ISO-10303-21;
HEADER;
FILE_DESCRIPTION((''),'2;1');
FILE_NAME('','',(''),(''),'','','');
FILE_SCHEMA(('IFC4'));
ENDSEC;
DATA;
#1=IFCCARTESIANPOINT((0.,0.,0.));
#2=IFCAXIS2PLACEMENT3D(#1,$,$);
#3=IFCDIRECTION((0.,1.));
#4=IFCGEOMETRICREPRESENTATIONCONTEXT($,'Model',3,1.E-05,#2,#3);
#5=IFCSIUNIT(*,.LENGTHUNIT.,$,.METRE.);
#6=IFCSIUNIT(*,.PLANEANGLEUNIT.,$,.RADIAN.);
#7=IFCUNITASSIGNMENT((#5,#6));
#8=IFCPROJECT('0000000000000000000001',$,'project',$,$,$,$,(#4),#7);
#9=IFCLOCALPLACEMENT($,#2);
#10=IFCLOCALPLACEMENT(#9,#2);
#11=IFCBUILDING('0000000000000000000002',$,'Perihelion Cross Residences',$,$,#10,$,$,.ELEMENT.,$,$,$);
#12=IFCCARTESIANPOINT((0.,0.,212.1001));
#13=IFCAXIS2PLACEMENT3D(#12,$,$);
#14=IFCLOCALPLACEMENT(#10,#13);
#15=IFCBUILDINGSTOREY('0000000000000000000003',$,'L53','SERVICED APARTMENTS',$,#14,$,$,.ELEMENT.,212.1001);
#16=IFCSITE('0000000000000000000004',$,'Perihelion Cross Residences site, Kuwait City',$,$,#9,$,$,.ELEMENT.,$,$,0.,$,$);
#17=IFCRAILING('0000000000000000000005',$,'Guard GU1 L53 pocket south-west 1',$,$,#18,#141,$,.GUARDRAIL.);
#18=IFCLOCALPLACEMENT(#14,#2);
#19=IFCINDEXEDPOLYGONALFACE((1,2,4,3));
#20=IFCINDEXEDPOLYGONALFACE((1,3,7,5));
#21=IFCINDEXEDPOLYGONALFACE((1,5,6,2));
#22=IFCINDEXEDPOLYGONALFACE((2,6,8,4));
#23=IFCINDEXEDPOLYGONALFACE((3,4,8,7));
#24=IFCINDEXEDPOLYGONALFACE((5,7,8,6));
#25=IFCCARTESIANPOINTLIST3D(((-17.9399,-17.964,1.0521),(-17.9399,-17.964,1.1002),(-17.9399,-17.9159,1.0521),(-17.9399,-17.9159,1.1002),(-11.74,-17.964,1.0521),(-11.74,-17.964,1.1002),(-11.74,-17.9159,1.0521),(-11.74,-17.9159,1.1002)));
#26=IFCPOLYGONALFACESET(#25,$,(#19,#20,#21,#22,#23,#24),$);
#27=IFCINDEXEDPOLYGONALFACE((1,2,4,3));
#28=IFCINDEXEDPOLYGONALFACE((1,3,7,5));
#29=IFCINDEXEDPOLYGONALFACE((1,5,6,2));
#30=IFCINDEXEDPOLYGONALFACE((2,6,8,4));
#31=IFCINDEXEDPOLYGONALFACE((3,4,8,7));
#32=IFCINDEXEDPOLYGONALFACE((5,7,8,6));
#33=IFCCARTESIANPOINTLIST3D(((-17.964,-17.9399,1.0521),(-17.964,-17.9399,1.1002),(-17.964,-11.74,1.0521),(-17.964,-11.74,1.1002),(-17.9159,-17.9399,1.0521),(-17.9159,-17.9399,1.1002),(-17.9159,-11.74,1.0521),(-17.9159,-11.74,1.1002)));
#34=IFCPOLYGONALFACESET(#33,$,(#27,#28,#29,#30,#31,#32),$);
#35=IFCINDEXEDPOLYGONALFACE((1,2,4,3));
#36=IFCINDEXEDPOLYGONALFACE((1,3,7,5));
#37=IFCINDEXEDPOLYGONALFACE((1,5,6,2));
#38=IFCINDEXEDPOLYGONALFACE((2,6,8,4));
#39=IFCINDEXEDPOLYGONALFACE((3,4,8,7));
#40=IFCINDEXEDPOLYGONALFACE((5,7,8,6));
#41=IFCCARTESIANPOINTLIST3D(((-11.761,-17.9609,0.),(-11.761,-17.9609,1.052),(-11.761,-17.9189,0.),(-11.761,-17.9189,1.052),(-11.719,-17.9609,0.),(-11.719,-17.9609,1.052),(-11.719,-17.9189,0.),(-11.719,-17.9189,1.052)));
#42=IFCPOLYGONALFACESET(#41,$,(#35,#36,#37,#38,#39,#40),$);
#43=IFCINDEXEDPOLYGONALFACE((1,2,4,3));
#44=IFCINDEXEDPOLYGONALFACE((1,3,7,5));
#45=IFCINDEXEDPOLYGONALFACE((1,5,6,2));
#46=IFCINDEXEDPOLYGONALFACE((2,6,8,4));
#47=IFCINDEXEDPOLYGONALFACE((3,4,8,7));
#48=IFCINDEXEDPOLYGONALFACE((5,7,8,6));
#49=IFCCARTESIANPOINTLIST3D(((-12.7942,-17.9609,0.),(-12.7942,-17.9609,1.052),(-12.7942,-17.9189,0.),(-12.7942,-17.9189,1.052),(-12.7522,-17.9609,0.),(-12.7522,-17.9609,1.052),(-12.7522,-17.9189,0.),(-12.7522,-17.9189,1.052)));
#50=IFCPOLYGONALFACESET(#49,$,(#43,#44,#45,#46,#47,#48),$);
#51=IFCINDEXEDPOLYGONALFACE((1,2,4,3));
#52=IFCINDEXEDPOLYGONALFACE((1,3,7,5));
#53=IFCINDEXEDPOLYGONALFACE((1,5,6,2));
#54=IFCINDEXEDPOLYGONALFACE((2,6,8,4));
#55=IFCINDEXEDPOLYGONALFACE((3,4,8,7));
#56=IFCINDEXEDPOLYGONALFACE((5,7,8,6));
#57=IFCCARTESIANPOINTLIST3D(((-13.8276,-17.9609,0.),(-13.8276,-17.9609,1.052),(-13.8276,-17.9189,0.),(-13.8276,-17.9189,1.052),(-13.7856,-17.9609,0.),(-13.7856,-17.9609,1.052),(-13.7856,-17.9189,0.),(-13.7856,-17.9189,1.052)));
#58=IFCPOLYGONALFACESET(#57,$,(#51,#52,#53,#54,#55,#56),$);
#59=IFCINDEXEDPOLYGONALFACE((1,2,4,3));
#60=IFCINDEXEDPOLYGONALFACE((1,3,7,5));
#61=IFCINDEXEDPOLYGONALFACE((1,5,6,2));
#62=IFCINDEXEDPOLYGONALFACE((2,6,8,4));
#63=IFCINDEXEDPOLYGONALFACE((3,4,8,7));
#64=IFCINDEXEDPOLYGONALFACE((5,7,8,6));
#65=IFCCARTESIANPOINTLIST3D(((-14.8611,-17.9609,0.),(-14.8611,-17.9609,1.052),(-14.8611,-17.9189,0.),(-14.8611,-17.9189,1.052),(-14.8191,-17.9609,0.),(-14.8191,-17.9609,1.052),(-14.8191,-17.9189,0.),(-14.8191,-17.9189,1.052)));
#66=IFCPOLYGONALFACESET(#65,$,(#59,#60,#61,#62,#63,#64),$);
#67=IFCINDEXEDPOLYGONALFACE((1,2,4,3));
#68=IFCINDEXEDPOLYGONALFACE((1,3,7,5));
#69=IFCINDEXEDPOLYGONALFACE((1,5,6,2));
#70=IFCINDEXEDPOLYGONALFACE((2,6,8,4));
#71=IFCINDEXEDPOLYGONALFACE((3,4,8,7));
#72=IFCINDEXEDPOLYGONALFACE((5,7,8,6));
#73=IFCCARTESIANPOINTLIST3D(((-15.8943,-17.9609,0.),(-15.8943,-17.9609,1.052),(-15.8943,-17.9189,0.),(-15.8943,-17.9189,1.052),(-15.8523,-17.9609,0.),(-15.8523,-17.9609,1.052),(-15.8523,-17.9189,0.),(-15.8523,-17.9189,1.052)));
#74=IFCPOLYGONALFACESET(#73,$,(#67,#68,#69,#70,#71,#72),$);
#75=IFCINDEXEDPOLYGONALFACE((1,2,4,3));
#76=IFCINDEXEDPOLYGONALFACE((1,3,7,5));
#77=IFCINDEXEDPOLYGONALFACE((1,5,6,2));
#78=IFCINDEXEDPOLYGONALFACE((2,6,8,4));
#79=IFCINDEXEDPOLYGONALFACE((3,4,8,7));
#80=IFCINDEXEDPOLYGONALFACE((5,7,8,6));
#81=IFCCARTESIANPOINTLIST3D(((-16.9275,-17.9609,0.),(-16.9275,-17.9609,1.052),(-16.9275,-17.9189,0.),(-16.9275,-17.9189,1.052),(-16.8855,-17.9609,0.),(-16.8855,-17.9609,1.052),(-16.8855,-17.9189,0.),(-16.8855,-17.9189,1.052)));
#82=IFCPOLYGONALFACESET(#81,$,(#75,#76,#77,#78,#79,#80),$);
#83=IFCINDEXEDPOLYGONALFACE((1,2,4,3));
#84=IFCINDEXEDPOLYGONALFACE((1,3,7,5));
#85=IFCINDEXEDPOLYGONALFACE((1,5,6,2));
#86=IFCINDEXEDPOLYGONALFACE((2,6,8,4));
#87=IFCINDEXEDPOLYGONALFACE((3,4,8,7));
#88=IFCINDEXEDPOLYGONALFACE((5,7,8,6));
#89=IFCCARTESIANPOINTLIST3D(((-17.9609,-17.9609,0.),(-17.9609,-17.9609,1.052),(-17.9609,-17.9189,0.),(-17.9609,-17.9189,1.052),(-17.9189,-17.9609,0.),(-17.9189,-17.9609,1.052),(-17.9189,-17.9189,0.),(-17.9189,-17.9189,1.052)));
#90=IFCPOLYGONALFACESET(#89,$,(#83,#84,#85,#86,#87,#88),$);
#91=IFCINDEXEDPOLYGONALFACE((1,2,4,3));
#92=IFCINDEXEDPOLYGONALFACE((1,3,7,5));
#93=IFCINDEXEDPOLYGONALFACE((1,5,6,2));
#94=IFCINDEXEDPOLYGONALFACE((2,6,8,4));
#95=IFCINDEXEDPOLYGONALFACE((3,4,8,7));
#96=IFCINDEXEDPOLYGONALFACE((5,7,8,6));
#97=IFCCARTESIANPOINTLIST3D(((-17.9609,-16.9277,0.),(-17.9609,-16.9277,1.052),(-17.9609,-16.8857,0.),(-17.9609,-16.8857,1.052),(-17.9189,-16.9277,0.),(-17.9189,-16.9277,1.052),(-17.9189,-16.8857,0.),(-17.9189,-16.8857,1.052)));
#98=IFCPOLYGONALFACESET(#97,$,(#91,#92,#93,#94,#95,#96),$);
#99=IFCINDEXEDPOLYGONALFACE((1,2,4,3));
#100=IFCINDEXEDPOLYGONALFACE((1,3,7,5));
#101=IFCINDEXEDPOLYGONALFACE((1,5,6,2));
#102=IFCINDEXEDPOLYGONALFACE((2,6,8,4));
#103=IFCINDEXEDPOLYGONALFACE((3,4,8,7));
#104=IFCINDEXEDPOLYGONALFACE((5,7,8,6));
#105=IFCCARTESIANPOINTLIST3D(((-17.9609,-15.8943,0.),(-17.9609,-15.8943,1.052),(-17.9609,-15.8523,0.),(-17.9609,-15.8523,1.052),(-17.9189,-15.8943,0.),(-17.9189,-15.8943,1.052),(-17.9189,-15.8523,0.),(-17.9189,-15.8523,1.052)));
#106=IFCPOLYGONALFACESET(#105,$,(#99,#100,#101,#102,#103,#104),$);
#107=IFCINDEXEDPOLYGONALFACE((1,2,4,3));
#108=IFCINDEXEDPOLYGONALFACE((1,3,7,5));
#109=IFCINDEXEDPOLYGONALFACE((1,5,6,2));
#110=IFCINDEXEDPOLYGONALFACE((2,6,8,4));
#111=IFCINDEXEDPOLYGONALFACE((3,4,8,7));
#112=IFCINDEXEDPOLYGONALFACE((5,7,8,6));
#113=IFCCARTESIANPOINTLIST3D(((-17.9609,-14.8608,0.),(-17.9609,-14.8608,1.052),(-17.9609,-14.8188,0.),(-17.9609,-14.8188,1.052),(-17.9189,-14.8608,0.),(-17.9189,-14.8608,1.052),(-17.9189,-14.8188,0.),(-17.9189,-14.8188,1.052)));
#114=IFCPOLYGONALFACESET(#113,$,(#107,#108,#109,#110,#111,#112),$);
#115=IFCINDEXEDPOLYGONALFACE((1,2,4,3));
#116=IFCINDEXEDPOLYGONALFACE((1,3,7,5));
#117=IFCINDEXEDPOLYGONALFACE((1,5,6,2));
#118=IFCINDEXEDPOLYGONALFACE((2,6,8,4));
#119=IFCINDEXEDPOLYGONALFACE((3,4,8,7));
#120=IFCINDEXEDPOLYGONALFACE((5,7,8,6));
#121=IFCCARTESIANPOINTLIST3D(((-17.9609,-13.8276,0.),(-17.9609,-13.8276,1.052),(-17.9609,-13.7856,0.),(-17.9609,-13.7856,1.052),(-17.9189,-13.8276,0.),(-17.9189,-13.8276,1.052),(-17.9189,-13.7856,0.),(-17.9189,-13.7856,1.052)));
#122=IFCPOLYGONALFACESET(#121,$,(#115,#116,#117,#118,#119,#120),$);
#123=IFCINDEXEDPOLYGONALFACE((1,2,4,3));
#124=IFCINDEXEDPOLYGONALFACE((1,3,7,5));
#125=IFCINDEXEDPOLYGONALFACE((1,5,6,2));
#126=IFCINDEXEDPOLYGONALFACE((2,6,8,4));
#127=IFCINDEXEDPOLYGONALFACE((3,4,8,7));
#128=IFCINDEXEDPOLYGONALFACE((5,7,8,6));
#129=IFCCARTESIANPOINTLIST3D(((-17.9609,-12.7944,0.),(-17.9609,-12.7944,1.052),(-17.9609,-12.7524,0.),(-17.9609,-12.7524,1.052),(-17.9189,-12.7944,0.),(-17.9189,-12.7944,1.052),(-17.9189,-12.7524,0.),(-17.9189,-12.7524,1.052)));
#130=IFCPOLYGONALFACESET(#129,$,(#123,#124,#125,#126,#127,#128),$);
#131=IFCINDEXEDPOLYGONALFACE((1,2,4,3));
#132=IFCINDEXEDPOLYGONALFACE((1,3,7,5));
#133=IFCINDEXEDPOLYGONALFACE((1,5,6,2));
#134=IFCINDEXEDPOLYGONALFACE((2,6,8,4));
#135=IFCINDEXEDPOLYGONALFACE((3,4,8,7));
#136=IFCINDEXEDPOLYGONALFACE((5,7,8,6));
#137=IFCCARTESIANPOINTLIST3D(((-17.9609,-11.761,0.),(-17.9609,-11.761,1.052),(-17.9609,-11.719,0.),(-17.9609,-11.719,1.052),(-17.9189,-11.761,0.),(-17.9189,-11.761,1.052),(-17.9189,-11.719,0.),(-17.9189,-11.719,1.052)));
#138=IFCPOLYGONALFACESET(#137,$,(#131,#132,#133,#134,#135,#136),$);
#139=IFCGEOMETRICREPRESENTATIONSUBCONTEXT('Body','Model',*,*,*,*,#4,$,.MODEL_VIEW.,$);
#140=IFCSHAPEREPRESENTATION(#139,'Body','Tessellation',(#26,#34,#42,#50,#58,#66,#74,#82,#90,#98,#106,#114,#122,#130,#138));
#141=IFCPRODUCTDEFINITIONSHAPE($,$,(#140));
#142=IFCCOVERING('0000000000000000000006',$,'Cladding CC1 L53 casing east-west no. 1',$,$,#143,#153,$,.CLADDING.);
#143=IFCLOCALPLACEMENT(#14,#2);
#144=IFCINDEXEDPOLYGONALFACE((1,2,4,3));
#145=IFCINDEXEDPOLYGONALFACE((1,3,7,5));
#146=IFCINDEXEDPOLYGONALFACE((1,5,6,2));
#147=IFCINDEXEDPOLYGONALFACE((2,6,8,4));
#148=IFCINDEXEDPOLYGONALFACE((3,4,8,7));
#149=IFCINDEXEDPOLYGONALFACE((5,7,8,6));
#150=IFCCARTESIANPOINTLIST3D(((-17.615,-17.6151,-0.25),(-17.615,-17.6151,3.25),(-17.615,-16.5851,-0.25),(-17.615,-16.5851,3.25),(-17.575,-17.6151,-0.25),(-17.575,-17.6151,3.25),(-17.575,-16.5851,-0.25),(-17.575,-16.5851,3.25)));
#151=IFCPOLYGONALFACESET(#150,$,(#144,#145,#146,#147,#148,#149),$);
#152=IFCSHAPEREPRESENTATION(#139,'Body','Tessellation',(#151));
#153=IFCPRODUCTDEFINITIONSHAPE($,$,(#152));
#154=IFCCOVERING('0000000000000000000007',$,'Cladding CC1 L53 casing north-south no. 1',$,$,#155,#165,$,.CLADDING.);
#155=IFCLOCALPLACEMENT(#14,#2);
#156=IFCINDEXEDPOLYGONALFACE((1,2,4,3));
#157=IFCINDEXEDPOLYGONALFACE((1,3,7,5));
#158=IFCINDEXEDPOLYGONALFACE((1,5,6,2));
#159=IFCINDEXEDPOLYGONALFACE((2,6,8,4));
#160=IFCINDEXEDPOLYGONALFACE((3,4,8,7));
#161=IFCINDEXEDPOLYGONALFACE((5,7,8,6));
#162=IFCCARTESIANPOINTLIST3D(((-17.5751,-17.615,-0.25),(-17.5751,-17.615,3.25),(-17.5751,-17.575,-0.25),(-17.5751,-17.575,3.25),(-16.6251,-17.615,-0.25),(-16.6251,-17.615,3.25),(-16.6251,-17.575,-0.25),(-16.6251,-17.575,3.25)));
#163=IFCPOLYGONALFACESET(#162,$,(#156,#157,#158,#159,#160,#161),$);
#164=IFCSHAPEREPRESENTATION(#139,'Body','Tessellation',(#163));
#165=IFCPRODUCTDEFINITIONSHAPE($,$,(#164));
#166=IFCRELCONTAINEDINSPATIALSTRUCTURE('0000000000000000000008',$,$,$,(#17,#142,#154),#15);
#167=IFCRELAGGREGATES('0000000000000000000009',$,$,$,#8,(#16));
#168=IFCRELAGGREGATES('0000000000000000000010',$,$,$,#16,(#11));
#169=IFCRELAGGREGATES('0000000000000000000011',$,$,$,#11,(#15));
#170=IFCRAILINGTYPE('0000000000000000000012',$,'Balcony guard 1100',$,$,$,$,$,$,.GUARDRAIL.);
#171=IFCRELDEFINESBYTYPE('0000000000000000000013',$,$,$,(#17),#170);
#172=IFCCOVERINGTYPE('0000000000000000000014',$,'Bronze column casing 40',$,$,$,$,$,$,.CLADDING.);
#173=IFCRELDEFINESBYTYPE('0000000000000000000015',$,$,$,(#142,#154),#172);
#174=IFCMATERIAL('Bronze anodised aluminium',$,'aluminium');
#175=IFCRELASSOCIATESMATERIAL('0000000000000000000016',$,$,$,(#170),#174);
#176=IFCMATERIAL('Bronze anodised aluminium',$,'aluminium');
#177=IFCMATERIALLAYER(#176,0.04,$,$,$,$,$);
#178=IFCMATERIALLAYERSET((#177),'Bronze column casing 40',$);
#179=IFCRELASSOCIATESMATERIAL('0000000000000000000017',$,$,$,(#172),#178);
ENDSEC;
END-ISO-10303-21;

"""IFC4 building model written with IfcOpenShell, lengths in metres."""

from ifc_helpers import new_model, si_unit, direction, frame, origin, origin_2d, place, context, subcontext, project, spatial, rectangle, extrude, material, layer, layer_set, type_object, element, save


model = new_model("IFC4")

# Units and contexts
model_context = context("Model", 3, precision=1e-05, world=origin(), true_north=direction((0.0, 1.0)))
body_context = subcontext(model_context, "Body", "Model", "MODEL_VIEW")
ifc_project = project(units=[si_unit("LENGTHUNIT", "METRE"), si_unit("PLANEANGLEUNIT", "RADIAN")], contexts=[model_context])

# Site, building, storey
site_placement = place(None, origin())
site = spatial("IfcSite", under=ifc_project, at=site_placement, Name="Perihelion Cross Residences site, Kuwait City", CompositionType="ELEMENT", RefElevation=0.0)
building_placement = place(site_placement, origin())
building = spatial("IfcBuilding", under=site, at=building_placement, Name="Perihelion Cross Residences", CompositionType="ELEMENT")
storey_placement = place(building_placement, frame((0.0, 0.0, 212.1001)))
storey = spatial("IfcBuildingStorey", under=building, at=storey_placement, Name="L53", Description="SERVICED APARTMENTS", CompositionType="ELEMENT", Elevation=212.1001)

# Railing
ifc_material_1 = material(Name="Bronze anodised aluminium", Category="aluminium")
railing_type = type_object("IfcRailingType", Name="Balcony guard 1100", PredefinedType="GUARDRAIL", material=ifc_material_1)
railing_placement = place(storey_placement, frame((-11.74, -17.9399, 0.0)))
element("IfcRailing", 1, at=railing_placement, inside=storey, type_object=railing_type, Name="Guard GU1 L53 pocket south-west 1", PredefinedType="GUARDRAIL", context=body_context, shape_type="SweptSolid", body=[
    extrude(rectangle(XDim=0.0481, YDim=0.0481, at=origin_2d()), frame((0.0, 0.0, 1.0762), z_axis=(-1.0, 0.0, 0.0), x_axis=(0.0, -1.0, 0.0)), (0.0, 0.0, 1.0), 6.2),
    extrude(rectangle(XDim=0.0481, YDim=0.0481, at=origin_2d()), frame((-6.2, 0.0, 1.0762), z_axis=(0.0, 1.0, 0.0), x_axis=(-1.0, 0.0, 0.0)), (0.0, 0.0, 1.0), 6.2),
    extrude(rectangle(XDim=0.042, YDim=0.042, at=origin_2d()), origin(), (0.0, 0.0, 1.0), 1.052),
    extrude(rectangle(XDim=0.042, YDim=0.042, at=origin_2d()), frame((-1.0332, 0.0, 0.0)), (0.0, 0.0, 1.0), 1.052),
    extrude(rectangle(XDim=0.042, YDim=0.042, at=origin_2d()), frame((-2.0667, 0.0, 0.0)), (0.0, 0.0, 1.0), 1.052),
    extrude(rectangle(XDim=0.042, YDim=0.042, at=origin_2d()), frame((-3.1001, 0.0, 0.0)), (0.0, 0.0, 1.0), 1.052),
    extrude(rectangle(XDim=0.042, YDim=0.042, at=origin_2d()), frame((-4.1333, 0.0, 0.0)), (0.0, 0.0, 1.0), 1.052),
    extrude(rectangle(XDim=0.042, YDim=0.042, at=origin_2d()), frame((-5.1665, 0.0, 0.0)), (0.0, 0.0, 1.0), 1.052),
    extrude(rectangle(XDim=0.042, YDim=0.042, at=origin_2d()), frame((-6.2, 0.0, 0.0)), (0.0, 0.0, 1.0), 1.052),
    extrude(rectangle(XDim=0.042, YDim=0.042, at=origin_2d()), frame((-6.2, 1.0332, 0.0)), (0.0, 0.0, 1.0), 1.052),
    extrude(rectangle(XDim=0.042, YDim=0.042, at=origin_2d()), frame((-6.2, 2.0667, 0.0)), (0.0, 0.0, 1.0), 1.052),
    extrude(rectangle(XDim=0.042, YDim=0.042, at=origin_2d()), frame((-6.2, 3.1001, 0.0)), (0.0, 0.0, 1.0), 1.052),
    extrude(rectangle(XDim=0.042, YDim=0.042, at=origin_2d()), frame((-6.2, 4.1333, 0.0)), (0.0, 0.0, 1.0), 1.052),
    extrude(rectangle(XDim=0.042, YDim=0.042, at=origin_2d()), frame((-6.2, 5.1665, 0.0)), (0.0, 0.0, 1.0), 1.052),
    extrude(rectangle(XDim=0.042, YDim=0.042, at=origin_2d()), frame((-6.2, 6.2, 0.0)), (0.0, 0.0, 1.0), 1.052),
])

# Coverings
ifc_material_2 = material(Name="Bronze anodised aluminium", Category="aluminium")
ifc_layer_1 = layer(ifc_material_2, 0.04)
ifc_layer_set_1 = layer_set([ifc_layer_1], Name="Bronze column casing 40")
covering_type = type_object("IfcCoveringType", Name="Bronze column casing 40", PredefinedType="CLADDING", material=ifc_layer_set_1)
covering_1_placement = place(storey_placement, frame((-17.595, -17.1001, -0.25), z_axis=(0.0, 0.0, 1.0), x_axis=(1.0, 0.0, 0.0)))
element("IfcCovering", 2, at=covering_1_placement, inside=storey, type_object=covering_type, Name="Cladding CC1 L53 casing east-west no. 1", PredefinedType="CLADDING", context=body_context, shape_type="SweptSolid", body=[
    extrude(rectangle(XDim=0.04, YDim=1.03, at=origin_2d()), origin(), (0.0, 0.0, 1.0), 3.5),
])
covering_2_placement = place(storey_placement, frame((-17.1001, -17.595, -0.25), z_axis=(0.0, 0.0, 1.0), x_axis=(1.0, 0.0, 0.0)))
element("IfcCovering", 3, at=covering_2_placement, inside=storey, type_object=covering_type, Name="Cladding CC1 L53 casing north-south no. 1", PredefinedType="CLADDING", context=body_context, shape_type="SweptSolid", body=[
    extrude(rectangle(XDim=0.95, YDim=0.04, at=origin_2d()), origin(), (0.0, 0.0, 1.0), 3.5),
])

save(model, "model.ifc")
